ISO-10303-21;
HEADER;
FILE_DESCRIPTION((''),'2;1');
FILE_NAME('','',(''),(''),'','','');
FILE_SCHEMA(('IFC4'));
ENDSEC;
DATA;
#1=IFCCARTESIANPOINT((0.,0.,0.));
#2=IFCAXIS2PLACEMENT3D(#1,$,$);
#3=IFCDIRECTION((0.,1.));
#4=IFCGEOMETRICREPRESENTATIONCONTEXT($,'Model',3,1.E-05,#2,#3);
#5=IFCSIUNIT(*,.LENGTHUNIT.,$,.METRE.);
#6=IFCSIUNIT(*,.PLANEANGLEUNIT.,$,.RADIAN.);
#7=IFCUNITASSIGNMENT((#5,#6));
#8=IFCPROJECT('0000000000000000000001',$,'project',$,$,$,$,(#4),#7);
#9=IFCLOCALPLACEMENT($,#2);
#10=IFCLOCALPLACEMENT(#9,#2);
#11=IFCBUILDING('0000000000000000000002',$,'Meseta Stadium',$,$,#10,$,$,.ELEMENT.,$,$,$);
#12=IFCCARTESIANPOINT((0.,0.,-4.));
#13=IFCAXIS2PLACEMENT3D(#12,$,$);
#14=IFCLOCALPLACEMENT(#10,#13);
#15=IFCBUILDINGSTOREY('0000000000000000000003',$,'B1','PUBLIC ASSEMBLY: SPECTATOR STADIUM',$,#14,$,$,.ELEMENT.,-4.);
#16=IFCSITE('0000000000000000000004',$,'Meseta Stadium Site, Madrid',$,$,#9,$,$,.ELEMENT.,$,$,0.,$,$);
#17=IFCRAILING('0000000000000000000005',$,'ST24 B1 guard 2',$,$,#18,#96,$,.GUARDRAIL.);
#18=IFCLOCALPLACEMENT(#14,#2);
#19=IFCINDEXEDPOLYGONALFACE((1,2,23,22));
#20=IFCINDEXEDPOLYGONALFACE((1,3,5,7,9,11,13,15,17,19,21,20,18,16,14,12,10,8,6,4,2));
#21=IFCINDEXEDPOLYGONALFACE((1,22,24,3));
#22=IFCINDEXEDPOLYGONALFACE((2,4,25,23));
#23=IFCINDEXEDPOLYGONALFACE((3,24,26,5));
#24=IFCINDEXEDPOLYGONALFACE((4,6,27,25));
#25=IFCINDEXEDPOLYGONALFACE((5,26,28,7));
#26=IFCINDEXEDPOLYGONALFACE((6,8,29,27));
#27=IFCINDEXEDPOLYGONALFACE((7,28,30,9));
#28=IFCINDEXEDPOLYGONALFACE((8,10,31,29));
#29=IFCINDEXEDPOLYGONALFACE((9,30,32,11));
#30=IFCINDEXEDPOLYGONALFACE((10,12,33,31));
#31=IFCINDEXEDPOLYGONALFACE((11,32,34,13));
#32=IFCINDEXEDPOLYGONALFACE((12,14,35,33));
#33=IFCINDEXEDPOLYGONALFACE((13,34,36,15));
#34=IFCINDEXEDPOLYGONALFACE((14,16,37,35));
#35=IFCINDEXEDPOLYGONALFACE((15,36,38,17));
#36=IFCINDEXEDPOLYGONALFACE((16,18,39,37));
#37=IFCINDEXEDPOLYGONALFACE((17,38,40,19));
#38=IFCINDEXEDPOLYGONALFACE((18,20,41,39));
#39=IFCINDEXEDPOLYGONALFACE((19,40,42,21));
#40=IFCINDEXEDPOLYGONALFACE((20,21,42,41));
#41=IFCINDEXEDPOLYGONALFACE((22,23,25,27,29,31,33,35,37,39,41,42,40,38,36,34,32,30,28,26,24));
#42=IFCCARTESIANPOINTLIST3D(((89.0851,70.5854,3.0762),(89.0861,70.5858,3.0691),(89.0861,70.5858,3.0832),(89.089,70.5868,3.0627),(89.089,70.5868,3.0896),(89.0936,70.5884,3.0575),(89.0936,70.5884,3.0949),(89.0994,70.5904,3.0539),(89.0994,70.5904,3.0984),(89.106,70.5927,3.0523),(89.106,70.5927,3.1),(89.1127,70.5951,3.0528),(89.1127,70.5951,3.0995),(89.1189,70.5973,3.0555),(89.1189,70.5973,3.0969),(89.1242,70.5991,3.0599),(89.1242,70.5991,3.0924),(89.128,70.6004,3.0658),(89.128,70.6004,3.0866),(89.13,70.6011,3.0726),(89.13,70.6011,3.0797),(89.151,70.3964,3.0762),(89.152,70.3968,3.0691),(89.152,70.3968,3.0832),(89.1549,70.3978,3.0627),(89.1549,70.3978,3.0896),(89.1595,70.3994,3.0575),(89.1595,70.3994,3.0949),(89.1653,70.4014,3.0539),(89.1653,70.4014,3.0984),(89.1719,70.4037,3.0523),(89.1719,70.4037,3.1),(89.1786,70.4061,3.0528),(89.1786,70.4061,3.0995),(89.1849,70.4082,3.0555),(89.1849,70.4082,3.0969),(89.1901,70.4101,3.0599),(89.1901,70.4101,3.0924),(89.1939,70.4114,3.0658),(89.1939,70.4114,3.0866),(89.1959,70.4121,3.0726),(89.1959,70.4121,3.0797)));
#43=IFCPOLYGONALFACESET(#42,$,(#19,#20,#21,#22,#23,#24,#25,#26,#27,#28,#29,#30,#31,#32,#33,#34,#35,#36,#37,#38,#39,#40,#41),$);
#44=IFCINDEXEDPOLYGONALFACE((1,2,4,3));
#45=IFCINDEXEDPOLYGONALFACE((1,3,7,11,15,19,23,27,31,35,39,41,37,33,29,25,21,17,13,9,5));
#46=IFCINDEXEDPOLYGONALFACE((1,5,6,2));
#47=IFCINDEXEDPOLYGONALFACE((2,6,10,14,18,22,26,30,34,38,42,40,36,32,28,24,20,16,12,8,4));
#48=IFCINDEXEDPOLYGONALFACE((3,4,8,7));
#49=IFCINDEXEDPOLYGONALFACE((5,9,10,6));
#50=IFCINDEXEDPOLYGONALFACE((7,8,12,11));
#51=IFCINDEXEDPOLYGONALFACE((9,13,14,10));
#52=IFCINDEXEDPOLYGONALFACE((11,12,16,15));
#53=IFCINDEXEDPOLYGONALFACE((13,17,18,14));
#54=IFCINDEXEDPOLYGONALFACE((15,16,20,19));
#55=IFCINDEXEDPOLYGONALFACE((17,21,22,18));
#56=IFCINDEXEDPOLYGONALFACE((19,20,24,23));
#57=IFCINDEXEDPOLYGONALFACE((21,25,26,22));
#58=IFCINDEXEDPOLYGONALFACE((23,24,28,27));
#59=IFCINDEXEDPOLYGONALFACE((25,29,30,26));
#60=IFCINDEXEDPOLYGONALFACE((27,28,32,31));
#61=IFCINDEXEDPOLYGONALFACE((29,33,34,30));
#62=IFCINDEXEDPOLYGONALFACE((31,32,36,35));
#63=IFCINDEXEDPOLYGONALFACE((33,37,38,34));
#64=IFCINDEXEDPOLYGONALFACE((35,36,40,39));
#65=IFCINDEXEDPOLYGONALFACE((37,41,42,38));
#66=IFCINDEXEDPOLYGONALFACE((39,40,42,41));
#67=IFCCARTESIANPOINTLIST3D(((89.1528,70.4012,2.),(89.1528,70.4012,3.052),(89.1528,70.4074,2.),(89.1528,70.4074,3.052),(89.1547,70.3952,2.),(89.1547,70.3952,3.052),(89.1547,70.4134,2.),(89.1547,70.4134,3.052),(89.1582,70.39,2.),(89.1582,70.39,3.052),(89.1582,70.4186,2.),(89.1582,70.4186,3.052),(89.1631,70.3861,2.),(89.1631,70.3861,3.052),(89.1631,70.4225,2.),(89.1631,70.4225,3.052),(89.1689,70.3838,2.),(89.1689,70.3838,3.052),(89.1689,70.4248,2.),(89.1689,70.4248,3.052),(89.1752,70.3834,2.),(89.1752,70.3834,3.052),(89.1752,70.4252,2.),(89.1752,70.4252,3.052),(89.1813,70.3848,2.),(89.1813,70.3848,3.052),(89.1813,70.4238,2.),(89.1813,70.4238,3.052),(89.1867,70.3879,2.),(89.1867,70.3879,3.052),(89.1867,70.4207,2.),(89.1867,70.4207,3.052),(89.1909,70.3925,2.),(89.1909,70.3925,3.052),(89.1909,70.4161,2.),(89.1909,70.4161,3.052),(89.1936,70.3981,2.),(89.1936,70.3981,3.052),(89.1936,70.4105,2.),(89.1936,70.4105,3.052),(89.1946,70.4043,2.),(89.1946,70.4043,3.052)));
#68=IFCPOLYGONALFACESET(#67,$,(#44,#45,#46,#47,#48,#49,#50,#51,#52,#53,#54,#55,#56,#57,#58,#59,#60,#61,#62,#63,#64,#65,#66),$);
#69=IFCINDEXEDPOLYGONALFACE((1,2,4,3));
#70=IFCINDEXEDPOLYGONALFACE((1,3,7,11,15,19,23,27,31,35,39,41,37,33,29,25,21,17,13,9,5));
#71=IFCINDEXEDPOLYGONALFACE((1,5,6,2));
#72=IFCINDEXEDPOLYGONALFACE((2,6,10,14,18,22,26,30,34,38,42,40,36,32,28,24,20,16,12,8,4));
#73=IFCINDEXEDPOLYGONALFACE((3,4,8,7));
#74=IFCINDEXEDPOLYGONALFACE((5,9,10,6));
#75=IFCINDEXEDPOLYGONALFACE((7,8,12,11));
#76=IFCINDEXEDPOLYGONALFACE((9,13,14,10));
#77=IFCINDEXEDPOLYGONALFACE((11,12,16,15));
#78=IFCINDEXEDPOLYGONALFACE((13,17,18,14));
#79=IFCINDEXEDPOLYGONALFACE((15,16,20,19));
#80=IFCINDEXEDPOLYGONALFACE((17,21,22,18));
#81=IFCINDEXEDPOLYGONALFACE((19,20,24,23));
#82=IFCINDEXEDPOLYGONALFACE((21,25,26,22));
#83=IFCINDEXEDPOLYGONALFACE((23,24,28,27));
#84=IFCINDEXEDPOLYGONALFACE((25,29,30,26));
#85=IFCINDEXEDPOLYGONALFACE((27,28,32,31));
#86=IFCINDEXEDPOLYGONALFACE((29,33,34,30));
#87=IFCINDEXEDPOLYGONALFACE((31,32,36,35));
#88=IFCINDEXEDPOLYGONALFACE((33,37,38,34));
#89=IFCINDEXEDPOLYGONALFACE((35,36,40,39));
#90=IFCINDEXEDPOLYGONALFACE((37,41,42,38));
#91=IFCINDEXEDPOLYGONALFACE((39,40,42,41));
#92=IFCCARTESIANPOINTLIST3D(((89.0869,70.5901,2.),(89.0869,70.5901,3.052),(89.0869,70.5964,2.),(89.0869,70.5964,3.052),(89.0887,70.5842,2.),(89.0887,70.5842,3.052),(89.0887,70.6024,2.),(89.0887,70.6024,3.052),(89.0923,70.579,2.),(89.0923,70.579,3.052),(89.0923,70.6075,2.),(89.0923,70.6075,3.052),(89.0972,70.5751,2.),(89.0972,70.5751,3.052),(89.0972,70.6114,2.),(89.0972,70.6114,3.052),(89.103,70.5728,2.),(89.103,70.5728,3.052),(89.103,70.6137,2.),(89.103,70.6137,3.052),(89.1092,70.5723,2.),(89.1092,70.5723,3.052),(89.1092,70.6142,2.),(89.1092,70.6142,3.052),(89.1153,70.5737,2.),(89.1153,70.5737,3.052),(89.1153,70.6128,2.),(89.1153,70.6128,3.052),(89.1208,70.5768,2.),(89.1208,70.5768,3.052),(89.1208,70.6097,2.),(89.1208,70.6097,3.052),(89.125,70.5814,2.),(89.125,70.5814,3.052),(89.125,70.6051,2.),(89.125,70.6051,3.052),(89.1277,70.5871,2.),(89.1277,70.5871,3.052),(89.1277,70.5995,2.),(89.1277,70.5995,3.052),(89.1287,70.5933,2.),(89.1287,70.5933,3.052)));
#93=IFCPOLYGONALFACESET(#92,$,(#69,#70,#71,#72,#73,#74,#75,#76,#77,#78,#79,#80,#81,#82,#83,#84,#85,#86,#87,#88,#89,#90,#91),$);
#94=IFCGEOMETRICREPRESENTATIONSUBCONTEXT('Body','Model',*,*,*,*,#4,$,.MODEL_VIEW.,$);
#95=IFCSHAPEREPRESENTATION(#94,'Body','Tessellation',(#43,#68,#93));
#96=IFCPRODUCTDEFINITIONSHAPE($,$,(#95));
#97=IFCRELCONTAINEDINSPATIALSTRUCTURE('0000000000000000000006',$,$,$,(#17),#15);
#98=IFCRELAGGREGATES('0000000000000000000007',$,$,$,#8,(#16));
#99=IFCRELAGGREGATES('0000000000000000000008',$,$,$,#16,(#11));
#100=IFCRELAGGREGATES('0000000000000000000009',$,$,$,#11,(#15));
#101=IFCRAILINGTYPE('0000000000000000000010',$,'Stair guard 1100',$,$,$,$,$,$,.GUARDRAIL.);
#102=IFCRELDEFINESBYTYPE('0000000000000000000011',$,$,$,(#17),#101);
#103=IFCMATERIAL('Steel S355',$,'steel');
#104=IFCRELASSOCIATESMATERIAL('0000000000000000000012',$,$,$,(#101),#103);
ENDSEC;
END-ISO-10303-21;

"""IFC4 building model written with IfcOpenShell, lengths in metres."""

from ifc_helpers import new_model, si_unit, direction, frame, origin, origin_2d, place, context, subcontext, project, spatial, circle, extrude, material, type_object, element, save


model = new_model("IFC4")

# Units and contexts
model_context = context("Model", 3, precision=1e-05, world=origin(), true_north=direction((0.0, 1.0)))
body_context = subcontext(model_context, "Body", "Model", "MODEL_VIEW")
ifc_project = project(units=[si_unit("LENGTHUNIT", "METRE"), si_unit("PLANEANGLEUNIT", "RADIAN")], contexts=[model_context])

# Site, building, storey
site_placement = place(None, origin())
site = spatial("IfcSite", under=ifc_project, at=site_placement, Name="Meseta Stadium Site, Madrid", CompositionType="ELEMENT", RefElevation=0.0)
building_placement = place(site_placement, origin())
building = spatial("IfcBuilding", under=site, at=building_placement, Name="Meseta Stadium", CompositionType="ELEMENT")
storey_placement = place(building_placement, frame((0.0, 0.0, -4.0)))
storey = spatial("IfcBuildingStorey", under=building, at=storey_placement, Name="B1", Description="PUBLIC ASSEMBLY: SPECTATOR STADIUM", CompositionType="ELEMENT", Elevation=-4.0)

# Railing
ifc_material_1 = material(Name="Steel S355", Category="steel")
railing_type_1 = type_object("IfcRailingType", Name="Stair guard 1100", PredefinedType="GUARDRAIL", material=ifc_material_1)
railing_1_placement = place(storey_placement, frame((89.1736, 70.4043, 2.0)))
element("IfcRailing", 1, at=railing_1_placement, inside=storey, type_object=railing_type_1, Name="ST24 B1 guard 2", PredefinedType="GUARDRAIL", context=body_context, shape_type="SweptSolid", body=[
    extrude(circle(Radius=0.0239, at=origin_2d()), frame((0.0, 0.0, 1.0762), z_axis=(-0.329372, 0.9442, 0.0), x_axis=(-0.9442, -0.329372, 0.0)), (0.0, 0.0, 1.0), 0.2002),
    extrude(circle(Radius=0.021, at=origin_2d()), origin(), (0.0, 0.0, 1.0), 1.052),
    extrude(circle(Radius=0.021, at=origin_2d()), frame((-0.0659, 0.189, 0.0)), (0.0, 0.0, 1.0), 1.052),
])

save(model, "model.ifc")
